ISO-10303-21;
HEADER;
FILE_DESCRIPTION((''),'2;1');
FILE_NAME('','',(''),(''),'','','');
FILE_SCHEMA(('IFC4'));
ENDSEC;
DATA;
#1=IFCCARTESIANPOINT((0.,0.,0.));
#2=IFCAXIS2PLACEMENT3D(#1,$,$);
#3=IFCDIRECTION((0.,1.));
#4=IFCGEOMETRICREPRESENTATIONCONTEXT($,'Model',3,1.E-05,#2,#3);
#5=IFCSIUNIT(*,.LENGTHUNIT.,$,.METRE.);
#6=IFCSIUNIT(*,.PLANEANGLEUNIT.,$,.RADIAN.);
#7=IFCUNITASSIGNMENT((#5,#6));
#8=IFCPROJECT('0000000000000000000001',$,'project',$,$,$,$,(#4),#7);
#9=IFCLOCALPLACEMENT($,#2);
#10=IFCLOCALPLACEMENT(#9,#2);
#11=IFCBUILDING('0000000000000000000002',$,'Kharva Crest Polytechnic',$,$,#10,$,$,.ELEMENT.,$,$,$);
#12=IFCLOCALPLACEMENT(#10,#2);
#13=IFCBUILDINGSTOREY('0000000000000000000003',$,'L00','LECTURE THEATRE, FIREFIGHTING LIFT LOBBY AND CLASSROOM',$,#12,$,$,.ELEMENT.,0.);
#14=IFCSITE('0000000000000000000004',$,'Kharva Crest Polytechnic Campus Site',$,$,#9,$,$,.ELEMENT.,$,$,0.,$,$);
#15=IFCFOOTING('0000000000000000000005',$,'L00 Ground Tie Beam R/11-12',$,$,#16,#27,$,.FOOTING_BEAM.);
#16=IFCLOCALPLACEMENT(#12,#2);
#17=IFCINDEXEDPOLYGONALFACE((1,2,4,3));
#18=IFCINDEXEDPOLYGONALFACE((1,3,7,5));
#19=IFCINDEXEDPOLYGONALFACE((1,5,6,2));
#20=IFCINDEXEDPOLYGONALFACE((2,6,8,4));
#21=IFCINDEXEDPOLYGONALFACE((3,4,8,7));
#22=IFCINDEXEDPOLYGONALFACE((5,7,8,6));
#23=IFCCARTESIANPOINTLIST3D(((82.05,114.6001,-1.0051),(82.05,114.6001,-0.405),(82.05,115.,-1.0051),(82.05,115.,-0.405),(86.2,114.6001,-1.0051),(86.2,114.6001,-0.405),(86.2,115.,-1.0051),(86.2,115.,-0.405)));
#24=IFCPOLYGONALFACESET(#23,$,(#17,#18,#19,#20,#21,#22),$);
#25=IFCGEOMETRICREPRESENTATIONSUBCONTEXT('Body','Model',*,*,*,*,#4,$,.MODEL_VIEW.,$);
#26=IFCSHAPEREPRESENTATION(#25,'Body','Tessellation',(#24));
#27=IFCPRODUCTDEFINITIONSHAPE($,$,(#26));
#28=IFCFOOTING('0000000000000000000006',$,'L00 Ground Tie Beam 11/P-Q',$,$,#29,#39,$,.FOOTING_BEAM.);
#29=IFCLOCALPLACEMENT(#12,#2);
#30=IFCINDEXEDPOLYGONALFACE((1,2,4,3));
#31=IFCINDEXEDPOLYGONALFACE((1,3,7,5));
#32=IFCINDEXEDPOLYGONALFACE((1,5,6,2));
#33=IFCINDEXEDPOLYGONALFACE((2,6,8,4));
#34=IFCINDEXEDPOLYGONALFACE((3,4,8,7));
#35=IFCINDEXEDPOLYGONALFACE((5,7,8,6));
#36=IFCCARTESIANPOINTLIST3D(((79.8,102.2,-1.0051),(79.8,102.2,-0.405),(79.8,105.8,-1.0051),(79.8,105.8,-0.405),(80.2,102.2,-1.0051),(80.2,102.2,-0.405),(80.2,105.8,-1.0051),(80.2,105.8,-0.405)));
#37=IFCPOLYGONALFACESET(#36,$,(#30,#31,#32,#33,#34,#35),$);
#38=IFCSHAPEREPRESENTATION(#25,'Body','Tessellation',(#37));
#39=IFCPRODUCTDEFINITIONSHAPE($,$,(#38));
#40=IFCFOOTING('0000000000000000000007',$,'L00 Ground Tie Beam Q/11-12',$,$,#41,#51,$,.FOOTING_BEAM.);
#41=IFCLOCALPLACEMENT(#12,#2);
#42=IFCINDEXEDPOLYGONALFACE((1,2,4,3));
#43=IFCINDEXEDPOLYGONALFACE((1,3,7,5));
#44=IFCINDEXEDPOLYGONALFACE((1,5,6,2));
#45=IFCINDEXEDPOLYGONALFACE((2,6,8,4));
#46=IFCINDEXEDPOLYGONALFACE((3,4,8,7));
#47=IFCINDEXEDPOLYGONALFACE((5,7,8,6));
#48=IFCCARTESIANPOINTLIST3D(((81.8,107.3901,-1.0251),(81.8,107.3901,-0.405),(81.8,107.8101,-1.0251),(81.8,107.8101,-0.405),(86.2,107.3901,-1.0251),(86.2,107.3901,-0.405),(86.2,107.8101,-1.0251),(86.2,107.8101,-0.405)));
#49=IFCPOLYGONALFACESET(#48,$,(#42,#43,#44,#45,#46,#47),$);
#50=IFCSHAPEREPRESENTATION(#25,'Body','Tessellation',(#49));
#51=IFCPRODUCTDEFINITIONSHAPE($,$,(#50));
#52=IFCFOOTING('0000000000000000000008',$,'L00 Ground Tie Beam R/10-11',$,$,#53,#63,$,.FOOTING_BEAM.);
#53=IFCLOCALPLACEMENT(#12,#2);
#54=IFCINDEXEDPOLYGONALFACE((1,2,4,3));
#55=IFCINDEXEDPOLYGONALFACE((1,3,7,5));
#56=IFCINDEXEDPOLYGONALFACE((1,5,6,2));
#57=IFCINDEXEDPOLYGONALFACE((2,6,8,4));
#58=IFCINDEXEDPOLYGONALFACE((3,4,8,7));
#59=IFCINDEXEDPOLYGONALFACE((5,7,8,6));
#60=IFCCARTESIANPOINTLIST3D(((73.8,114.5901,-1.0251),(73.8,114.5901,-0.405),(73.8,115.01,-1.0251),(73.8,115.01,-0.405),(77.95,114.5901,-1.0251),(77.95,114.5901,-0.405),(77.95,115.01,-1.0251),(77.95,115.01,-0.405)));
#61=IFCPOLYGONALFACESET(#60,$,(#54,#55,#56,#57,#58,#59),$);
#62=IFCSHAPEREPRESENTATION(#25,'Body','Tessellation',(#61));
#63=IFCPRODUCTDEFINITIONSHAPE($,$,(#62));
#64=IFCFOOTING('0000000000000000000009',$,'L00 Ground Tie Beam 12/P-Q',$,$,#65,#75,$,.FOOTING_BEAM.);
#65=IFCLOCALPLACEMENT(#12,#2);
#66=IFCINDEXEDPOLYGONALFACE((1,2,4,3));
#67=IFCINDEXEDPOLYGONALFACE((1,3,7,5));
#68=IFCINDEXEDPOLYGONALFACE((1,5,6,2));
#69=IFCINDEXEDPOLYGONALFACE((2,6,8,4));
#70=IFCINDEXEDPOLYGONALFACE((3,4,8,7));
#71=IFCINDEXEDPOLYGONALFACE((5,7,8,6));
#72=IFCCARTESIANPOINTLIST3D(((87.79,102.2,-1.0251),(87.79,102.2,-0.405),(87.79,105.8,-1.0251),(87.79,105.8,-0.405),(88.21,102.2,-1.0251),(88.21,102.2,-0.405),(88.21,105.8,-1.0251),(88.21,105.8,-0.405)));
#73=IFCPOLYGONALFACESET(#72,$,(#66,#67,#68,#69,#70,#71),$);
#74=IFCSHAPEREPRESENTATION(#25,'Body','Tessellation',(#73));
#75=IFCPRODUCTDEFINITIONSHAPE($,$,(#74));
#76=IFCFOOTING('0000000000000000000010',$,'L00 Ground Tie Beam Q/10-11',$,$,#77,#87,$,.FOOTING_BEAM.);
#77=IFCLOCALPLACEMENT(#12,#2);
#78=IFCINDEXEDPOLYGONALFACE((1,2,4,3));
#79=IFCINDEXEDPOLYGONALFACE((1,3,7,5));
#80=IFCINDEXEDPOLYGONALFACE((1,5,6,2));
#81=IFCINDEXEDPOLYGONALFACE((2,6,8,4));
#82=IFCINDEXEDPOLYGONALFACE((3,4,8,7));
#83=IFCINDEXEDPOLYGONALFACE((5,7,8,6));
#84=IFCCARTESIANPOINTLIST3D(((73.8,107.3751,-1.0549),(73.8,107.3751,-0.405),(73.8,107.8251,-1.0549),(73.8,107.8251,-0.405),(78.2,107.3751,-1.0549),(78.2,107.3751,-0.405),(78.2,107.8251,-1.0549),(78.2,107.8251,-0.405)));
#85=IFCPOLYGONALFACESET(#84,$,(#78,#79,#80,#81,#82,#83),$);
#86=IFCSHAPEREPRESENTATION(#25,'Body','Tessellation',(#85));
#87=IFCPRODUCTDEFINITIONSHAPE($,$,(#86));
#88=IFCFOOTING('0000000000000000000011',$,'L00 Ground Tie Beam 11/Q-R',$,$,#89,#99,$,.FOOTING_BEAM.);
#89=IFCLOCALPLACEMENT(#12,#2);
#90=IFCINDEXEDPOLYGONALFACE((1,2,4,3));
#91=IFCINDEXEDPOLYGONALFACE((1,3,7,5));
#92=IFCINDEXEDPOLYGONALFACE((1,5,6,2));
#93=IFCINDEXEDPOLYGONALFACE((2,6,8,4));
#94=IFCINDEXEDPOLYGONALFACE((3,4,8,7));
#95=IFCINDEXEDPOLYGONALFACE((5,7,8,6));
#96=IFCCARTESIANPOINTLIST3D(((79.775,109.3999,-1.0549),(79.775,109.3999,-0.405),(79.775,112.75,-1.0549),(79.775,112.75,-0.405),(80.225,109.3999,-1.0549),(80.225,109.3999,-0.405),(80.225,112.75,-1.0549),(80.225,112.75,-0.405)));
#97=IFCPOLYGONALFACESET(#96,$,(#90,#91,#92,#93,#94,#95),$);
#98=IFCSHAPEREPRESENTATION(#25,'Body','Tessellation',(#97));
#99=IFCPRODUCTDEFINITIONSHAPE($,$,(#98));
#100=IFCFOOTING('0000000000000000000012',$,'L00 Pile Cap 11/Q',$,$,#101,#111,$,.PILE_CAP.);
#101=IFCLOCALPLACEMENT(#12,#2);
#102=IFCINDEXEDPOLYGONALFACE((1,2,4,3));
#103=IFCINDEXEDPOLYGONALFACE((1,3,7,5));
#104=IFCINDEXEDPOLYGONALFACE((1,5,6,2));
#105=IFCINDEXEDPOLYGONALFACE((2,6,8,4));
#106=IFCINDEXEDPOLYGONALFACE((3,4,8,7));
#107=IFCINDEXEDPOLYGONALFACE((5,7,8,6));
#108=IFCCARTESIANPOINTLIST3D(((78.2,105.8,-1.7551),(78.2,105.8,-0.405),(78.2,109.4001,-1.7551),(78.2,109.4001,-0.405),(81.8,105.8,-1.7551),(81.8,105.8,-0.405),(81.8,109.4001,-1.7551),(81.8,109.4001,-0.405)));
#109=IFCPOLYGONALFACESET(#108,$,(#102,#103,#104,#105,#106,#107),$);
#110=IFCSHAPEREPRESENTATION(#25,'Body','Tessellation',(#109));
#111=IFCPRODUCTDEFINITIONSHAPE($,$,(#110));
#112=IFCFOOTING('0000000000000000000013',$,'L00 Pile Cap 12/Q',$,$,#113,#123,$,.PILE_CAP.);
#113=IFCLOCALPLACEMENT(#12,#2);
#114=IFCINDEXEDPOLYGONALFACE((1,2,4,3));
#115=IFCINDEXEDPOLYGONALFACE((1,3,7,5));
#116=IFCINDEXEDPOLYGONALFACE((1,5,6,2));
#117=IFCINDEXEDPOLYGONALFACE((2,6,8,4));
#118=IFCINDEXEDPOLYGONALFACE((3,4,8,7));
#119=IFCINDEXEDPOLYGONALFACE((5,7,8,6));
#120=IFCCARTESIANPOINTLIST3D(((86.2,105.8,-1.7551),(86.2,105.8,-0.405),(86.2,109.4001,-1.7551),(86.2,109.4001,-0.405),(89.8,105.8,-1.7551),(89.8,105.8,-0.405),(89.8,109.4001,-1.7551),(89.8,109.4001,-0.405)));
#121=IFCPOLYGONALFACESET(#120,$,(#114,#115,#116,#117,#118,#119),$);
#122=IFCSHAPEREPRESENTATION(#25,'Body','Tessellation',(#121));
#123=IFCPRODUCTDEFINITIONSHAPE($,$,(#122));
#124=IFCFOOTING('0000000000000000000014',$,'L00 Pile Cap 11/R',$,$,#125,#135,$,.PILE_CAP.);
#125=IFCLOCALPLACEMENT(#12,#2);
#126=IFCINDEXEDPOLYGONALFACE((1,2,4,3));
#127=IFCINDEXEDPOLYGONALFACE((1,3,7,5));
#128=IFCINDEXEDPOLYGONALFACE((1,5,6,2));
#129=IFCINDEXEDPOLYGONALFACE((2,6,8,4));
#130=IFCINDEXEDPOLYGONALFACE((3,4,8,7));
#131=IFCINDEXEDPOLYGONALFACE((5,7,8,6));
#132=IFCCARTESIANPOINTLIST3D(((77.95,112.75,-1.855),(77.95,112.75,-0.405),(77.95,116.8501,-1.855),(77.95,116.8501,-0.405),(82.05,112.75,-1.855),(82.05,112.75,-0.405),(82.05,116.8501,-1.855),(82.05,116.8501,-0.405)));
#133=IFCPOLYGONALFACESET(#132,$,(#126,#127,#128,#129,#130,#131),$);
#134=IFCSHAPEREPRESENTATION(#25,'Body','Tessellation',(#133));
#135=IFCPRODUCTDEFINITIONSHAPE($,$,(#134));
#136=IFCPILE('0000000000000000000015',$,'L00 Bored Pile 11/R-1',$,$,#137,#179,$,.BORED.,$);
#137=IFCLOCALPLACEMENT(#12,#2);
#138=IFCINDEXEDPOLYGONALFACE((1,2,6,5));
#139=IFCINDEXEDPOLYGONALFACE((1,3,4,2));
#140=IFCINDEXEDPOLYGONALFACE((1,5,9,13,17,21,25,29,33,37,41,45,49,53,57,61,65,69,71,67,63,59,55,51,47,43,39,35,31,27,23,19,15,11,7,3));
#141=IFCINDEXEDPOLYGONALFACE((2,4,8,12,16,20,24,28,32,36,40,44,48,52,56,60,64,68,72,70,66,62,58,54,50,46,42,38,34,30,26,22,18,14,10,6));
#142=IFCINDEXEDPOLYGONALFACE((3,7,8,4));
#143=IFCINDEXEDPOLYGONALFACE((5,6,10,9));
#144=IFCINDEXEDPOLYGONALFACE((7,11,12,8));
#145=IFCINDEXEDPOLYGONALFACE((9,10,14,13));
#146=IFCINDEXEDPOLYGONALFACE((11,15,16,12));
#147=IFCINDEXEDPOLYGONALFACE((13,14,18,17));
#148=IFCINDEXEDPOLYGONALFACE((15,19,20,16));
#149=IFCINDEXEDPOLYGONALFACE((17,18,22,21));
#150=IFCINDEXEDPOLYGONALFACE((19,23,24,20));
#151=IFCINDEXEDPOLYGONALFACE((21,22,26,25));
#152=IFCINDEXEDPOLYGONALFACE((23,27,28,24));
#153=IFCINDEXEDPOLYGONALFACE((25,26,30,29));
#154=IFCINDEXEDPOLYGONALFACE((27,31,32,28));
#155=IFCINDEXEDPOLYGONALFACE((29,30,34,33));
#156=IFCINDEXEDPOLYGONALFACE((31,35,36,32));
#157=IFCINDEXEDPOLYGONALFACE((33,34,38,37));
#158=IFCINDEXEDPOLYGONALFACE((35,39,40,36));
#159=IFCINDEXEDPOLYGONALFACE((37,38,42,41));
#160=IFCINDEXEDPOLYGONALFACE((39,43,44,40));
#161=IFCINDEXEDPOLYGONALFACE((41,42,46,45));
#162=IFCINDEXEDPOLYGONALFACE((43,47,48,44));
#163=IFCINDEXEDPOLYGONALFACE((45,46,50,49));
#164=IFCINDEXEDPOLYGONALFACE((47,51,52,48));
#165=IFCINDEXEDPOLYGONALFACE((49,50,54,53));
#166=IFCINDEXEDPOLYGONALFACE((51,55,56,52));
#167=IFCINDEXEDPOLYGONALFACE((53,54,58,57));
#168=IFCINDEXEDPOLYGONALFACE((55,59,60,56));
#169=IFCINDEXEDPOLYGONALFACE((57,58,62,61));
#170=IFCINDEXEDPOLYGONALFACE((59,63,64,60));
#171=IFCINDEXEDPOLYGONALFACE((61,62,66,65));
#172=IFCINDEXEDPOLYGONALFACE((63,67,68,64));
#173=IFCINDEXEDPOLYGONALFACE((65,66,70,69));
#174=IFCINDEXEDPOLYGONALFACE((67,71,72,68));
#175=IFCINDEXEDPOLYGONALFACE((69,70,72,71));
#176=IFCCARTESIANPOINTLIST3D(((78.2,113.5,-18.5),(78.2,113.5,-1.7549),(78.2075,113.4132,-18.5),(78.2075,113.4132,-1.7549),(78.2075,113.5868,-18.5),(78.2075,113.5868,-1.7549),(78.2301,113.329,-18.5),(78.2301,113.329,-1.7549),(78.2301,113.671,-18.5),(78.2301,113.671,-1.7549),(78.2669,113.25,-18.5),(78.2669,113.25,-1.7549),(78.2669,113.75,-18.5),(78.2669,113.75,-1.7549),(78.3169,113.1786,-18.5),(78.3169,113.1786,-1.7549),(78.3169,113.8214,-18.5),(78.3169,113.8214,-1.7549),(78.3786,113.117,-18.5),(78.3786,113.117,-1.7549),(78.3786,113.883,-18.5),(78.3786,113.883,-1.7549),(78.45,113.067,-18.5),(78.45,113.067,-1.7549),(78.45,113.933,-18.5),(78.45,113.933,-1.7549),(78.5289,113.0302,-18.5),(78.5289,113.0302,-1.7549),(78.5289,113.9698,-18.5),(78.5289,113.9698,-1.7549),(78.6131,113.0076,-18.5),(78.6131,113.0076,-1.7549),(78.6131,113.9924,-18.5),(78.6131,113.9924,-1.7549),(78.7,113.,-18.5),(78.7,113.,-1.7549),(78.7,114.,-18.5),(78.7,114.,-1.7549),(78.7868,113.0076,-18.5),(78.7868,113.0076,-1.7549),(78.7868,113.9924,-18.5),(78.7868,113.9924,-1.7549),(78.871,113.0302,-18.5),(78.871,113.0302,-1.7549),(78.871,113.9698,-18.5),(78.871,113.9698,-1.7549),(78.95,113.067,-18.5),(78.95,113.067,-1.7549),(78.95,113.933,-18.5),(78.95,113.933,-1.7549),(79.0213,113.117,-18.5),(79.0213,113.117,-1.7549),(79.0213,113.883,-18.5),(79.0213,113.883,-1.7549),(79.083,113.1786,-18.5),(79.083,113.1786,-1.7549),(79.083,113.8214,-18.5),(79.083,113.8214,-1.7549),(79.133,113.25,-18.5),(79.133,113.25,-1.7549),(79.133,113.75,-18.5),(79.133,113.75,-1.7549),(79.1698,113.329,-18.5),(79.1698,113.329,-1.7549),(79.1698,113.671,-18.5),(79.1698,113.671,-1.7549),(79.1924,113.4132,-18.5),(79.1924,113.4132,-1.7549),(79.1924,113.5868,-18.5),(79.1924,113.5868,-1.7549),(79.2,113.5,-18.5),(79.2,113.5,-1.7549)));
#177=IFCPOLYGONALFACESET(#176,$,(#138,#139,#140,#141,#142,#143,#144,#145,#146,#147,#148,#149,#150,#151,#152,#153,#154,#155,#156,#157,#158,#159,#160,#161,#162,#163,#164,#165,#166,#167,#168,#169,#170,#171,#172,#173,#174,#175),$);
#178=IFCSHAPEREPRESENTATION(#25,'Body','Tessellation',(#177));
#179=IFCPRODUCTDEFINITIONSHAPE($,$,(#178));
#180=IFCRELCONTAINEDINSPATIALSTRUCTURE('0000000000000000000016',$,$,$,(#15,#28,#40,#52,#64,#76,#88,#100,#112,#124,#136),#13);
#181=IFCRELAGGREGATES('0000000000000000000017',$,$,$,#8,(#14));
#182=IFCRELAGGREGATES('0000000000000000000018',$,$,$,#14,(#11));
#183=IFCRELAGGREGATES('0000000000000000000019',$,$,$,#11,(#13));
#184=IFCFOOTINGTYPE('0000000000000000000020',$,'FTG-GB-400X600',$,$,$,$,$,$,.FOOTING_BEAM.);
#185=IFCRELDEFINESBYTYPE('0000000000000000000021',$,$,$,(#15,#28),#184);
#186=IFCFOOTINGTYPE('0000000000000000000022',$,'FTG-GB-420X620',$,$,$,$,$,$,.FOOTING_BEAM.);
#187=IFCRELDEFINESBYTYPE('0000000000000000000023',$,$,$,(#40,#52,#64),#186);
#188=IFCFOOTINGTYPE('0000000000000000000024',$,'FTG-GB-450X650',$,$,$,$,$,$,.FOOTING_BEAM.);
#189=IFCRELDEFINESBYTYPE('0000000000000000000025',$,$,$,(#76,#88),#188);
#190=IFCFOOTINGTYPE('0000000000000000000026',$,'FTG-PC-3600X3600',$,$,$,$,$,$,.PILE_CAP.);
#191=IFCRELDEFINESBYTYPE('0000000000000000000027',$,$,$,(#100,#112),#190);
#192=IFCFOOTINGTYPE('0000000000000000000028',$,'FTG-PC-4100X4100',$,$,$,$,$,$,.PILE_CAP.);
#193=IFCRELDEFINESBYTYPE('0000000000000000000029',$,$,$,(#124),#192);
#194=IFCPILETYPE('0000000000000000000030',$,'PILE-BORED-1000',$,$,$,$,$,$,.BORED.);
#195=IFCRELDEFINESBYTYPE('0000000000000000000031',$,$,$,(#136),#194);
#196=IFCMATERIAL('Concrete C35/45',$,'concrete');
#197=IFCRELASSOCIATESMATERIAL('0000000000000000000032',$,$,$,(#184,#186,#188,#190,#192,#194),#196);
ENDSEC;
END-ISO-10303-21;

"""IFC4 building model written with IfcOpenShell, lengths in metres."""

from ifc_helpers import new_model, si_unit, direction, frame, origin, origin_2d, place, context, subcontext, project, spatial, rectangle, circle, extrude, material, material_profile, profile_set, type_object, element, save


model = new_model("IFC4")

# Units and contexts
model_context = context("Model", 3, precision=1e-05, world=origin(), true_north=direction((0.0, 1.0)))
body_context = subcontext(model_context, "Body", "Model", "MODEL_VIEW")
ifc_project = project(units=[si_unit("LENGTHUNIT", "METRE"), si_unit("PLANEANGLEUNIT", "RADIAN")], contexts=[model_context])

# Site, building, storey
site_placement = place(None, origin())
site = spatial("IfcSite", under=ifc_project, at=site_placement, Name="Kharva Crest Polytechnic Campus Site", CompositionType="ELEMENT", RefElevation=0.0)
building_placement = place(site_placement, origin())
building = spatial("IfcBuilding", under=site, at=building_placement, Name="Kharva Crest Polytechnic", CompositionType="ELEMENT")
storey_placement = place(building_placement, origin())
storey = spatial("IfcBuildingStorey", under=building, at=storey_placement, Name="L00", Description="LECTURE THEATRE, FIREFIGHTING LIFT LOBBY AND CLASSROOM", CompositionType="ELEMENT", Elevation=0.0)

# Footings
ifc_material_1 = material(Name="Concrete C35/45", Category="concrete")
footing_type_1 = type_object("IfcFootingType", Name="FTG-GB-400X600", PredefinedType="FOOTING_BEAM", material=ifc_material_1)
footing_1_placement = place(storey_placement, frame((84.125, 114.8, -1.0051), z_axis=(0.0, 0.0, 1.0), x_axis=(1.0, 0.0, 0.0)))
element("IfcFooting", 1, at=footing_1_placement, inside=storey, type_object=footing_type_1, Name="L00 Ground Tie Beam R/11-12", PredefinedType="FOOTING_BEAM", context=body_context, shape_type="SweptSolid", body=[
    extrude(rectangle(XDim=4.1499, YDim=0.3999, at=origin_2d()), origin(), (0.0, 0.0, 1.0), 0.6001),
])
footing_2_placement = place(storey_placement, frame((80.0, 104.0, -1.0051), z_axis=(0.0, 0.0, 1.0), x_axis=(0.0, 1.0, 0.0)))
element("IfcFooting", 2, at=footing_2_placement, inside=storey, type_object=footing_type_1, Name="L00 Ground Tie Beam 11/P-Q", PredefinedType="FOOTING_BEAM", context=body_context, shape_type="SweptSolid", body=[
    extrude(rectangle(XDim=3.6001, YDim=0.3999, at=origin_2d()), origin(), (0.0, 0.0, 1.0), 0.6001),
])
footing_type_2 = type_object("IfcFootingType", Name="FTG-GB-420X620", PredefinedType="FOOTING_BEAM", material=ifc_material_1)
footing_3_placement = place(storey_placement, frame((84.0, 107.6001, -1.0251), z_axis=(0.0, 0.0, 1.0), x_axis=(1.0, 0.0, 0.0)))
element("IfcFooting", 3, at=footing_3_placement, inside=storey, type_object=footing_type_2, Name="L00 Ground Tie Beam Q/11-12", PredefinedType="FOOTING_BEAM", context=body_context, shape_type="SweptSolid", body=[
    extrude(rectangle(XDim=4.3999, YDim=0.4199, at=origin_2d()), origin(), (0.0, 0.0, 1.0), 0.6201),
])
footing_4_placement = place(storey_placement, frame((75.875, 114.8, -1.0251), z_axis=(0.0, 0.0, 1.0), x_axis=(1.0, 0.0, 0.0)))
element("IfcFooting", 4, at=footing_4_placement, inside=storey, type_object=footing_type_2, Name="L00 Ground Tie Beam R/10-11", PredefinedType="FOOTING_BEAM", context=body_context, shape_type="SweptSolid", body=[
    extrude(rectangle(XDim=4.1499, YDim=0.4199, at=origin_2d()), origin(), (0.0, 0.0, 1.0), 0.6201),
])
footing_5_placement = place(storey_placement, frame((88.0, 104.0, -1.0251), z_axis=(0.0, 0.0, 1.0), x_axis=(0.0, 1.0, 0.0)))
element("IfcFooting", 5, at=footing_5_placement, inside=storey, type_object=footing_type_2, Name="L00 Ground Tie Beam 12/P-Q", PredefinedType="FOOTING_BEAM", context=body_context, shape_type="SweptSolid", body=[
    extrude(rectangle(XDim=3.6001, YDim=0.4199, at=origin_2d()), origin(), (0.0, 0.0, 1.0), 0.6201),
])
footing_type_3 = type_object("IfcFootingType", Name="FTG-GB-450X650", PredefinedType="FOOTING_BEAM", material=ifc_material_1)
footing_6_placement = place(storey_placement, frame((76.0, 107.6001, -1.0549), z_axis=(0.0, 0.0, 1.0), x_axis=(1.0, 0.0, 0.0)))
element("IfcFooting", 6, at=footing_6_placement, inside=storey, type_object=footing_type_3, Name="L00 Ground Tie Beam Q/10-11", PredefinedType="FOOTING_BEAM", context=body_context, shape_type="SweptSolid", body=[
    extrude(rectangle(XDim=4.3999, YDim=0.45, at=origin_2d()), origin(), (0.0, 0.0, 1.0), 0.6499),
])
footing_7_placement = place(storey_placement, frame((80.0, 111.075, -1.0549), z_axis=(0.0, 0.0, 1.0), x_axis=(0.0, 1.0, 0.0)))
element("IfcFooting", 7, at=footing_7_placement, inside=storey, type_object=footing_type_3, Name="L00 Ground Tie Beam 11/Q-R", PredefinedType="FOOTING_BEAM", context=body_context, shape_type="SweptSolid", body=[
    extrude(rectangle(XDim=3.3501, YDim=0.45, at=origin_2d()), origin(), (0.0, 0.0, 1.0), 0.6499),
])
footing_type_4 = type_object("IfcFootingType", Name="FTG-PC-3600X3600", PredefinedType="PILE_CAP", material=ifc_material_1)
for number, where, z_axis, x_axis, name in (
    (8, (80.0, 107.6001, -1.7551), (0.0, 0.0, 1.0), (1.0, 0.0, 0.0), "L00 Pile Cap 11/Q"),
    (9, (88.0, 107.6001, -1.7551), (0.0, 0.0, 1.0), (1.0, 0.0, 0.0), "L00 Pile Cap 12/Q"),
):
    element("IfcFooting", number, at=place(storey_placement, frame(where, z_axis=z_axis, x_axis=x_axis)), inside=storey, type_object=footing_type_4, Name=name, PredefinedType="PILE_CAP", context=body_context, shape_type="SweptSolid", body=[
        extrude(rectangle(XDim=3.6001, YDim=3.6001, at=origin_2d()), origin(), (0.0, 0.0, 1.0), 1.3501),
    ])
footing_type_5 = type_object("IfcFootingType", Name="FTG-PC-4100X4100", PredefinedType="PILE_CAP", material=ifc_material_1)
footing_8_placement = place(storey_placement, frame((80.0, 114.8, -1.855), z_axis=(0.0, 0.0, 1.0), x_axis=(1.0, 0.0, 0.0)))
element("IfcFooting", 10, at=footing_8_placement, inside=storey, type_object=footing_type_5, Name="L00 Pile Cap 11/R", PredefinedType="PILE_CAP", context=body_context, shape_type="SweptSolid", body=[
    extrude(rectangle(XDim=4.1001, YDim=4.1001, at=origin_2d()), origin(), (0.0, 0.0, 1.0), 1.45),
])

# Pile
ifc_material_profile_1 = material_profile(ifc_material_1, circle(Radius=0.5, at=origin_2d()), Name="DIA 1000")
ifc_profile_set_1 = profile_set([ifc_material_profile_1], Name="Concrete C35/45")
pile_type_1 = type_object("IfcPileType", Name="PILE-BORED-1000", PredefinedType="BORED", material=ifc_profile_set_1)
for number, where, z_axis, x_axis, name in (
    (11, (78.7, 113.5, -1.7549), (0.0, 0.0, -1.0), (1.0, 0.0, 0.0), "L00 Bored Pile 11/R-1"),
):
    element("IfcPile", number, at=place(storey_placement, frame(where, z_axis=z_axis, x_axis=x_axis)), inside=storey, type_object=pile_type_1, Name=name, PredefinedType="BORED", context=body_context, shape_type="SweptSolid", body=[
        extrude(circle(Radius=0.5, at=origin_2d()), origin(), (0.0, 0.0, 1.0), 16.7451),
    ])

save(model, "model.ifc")
